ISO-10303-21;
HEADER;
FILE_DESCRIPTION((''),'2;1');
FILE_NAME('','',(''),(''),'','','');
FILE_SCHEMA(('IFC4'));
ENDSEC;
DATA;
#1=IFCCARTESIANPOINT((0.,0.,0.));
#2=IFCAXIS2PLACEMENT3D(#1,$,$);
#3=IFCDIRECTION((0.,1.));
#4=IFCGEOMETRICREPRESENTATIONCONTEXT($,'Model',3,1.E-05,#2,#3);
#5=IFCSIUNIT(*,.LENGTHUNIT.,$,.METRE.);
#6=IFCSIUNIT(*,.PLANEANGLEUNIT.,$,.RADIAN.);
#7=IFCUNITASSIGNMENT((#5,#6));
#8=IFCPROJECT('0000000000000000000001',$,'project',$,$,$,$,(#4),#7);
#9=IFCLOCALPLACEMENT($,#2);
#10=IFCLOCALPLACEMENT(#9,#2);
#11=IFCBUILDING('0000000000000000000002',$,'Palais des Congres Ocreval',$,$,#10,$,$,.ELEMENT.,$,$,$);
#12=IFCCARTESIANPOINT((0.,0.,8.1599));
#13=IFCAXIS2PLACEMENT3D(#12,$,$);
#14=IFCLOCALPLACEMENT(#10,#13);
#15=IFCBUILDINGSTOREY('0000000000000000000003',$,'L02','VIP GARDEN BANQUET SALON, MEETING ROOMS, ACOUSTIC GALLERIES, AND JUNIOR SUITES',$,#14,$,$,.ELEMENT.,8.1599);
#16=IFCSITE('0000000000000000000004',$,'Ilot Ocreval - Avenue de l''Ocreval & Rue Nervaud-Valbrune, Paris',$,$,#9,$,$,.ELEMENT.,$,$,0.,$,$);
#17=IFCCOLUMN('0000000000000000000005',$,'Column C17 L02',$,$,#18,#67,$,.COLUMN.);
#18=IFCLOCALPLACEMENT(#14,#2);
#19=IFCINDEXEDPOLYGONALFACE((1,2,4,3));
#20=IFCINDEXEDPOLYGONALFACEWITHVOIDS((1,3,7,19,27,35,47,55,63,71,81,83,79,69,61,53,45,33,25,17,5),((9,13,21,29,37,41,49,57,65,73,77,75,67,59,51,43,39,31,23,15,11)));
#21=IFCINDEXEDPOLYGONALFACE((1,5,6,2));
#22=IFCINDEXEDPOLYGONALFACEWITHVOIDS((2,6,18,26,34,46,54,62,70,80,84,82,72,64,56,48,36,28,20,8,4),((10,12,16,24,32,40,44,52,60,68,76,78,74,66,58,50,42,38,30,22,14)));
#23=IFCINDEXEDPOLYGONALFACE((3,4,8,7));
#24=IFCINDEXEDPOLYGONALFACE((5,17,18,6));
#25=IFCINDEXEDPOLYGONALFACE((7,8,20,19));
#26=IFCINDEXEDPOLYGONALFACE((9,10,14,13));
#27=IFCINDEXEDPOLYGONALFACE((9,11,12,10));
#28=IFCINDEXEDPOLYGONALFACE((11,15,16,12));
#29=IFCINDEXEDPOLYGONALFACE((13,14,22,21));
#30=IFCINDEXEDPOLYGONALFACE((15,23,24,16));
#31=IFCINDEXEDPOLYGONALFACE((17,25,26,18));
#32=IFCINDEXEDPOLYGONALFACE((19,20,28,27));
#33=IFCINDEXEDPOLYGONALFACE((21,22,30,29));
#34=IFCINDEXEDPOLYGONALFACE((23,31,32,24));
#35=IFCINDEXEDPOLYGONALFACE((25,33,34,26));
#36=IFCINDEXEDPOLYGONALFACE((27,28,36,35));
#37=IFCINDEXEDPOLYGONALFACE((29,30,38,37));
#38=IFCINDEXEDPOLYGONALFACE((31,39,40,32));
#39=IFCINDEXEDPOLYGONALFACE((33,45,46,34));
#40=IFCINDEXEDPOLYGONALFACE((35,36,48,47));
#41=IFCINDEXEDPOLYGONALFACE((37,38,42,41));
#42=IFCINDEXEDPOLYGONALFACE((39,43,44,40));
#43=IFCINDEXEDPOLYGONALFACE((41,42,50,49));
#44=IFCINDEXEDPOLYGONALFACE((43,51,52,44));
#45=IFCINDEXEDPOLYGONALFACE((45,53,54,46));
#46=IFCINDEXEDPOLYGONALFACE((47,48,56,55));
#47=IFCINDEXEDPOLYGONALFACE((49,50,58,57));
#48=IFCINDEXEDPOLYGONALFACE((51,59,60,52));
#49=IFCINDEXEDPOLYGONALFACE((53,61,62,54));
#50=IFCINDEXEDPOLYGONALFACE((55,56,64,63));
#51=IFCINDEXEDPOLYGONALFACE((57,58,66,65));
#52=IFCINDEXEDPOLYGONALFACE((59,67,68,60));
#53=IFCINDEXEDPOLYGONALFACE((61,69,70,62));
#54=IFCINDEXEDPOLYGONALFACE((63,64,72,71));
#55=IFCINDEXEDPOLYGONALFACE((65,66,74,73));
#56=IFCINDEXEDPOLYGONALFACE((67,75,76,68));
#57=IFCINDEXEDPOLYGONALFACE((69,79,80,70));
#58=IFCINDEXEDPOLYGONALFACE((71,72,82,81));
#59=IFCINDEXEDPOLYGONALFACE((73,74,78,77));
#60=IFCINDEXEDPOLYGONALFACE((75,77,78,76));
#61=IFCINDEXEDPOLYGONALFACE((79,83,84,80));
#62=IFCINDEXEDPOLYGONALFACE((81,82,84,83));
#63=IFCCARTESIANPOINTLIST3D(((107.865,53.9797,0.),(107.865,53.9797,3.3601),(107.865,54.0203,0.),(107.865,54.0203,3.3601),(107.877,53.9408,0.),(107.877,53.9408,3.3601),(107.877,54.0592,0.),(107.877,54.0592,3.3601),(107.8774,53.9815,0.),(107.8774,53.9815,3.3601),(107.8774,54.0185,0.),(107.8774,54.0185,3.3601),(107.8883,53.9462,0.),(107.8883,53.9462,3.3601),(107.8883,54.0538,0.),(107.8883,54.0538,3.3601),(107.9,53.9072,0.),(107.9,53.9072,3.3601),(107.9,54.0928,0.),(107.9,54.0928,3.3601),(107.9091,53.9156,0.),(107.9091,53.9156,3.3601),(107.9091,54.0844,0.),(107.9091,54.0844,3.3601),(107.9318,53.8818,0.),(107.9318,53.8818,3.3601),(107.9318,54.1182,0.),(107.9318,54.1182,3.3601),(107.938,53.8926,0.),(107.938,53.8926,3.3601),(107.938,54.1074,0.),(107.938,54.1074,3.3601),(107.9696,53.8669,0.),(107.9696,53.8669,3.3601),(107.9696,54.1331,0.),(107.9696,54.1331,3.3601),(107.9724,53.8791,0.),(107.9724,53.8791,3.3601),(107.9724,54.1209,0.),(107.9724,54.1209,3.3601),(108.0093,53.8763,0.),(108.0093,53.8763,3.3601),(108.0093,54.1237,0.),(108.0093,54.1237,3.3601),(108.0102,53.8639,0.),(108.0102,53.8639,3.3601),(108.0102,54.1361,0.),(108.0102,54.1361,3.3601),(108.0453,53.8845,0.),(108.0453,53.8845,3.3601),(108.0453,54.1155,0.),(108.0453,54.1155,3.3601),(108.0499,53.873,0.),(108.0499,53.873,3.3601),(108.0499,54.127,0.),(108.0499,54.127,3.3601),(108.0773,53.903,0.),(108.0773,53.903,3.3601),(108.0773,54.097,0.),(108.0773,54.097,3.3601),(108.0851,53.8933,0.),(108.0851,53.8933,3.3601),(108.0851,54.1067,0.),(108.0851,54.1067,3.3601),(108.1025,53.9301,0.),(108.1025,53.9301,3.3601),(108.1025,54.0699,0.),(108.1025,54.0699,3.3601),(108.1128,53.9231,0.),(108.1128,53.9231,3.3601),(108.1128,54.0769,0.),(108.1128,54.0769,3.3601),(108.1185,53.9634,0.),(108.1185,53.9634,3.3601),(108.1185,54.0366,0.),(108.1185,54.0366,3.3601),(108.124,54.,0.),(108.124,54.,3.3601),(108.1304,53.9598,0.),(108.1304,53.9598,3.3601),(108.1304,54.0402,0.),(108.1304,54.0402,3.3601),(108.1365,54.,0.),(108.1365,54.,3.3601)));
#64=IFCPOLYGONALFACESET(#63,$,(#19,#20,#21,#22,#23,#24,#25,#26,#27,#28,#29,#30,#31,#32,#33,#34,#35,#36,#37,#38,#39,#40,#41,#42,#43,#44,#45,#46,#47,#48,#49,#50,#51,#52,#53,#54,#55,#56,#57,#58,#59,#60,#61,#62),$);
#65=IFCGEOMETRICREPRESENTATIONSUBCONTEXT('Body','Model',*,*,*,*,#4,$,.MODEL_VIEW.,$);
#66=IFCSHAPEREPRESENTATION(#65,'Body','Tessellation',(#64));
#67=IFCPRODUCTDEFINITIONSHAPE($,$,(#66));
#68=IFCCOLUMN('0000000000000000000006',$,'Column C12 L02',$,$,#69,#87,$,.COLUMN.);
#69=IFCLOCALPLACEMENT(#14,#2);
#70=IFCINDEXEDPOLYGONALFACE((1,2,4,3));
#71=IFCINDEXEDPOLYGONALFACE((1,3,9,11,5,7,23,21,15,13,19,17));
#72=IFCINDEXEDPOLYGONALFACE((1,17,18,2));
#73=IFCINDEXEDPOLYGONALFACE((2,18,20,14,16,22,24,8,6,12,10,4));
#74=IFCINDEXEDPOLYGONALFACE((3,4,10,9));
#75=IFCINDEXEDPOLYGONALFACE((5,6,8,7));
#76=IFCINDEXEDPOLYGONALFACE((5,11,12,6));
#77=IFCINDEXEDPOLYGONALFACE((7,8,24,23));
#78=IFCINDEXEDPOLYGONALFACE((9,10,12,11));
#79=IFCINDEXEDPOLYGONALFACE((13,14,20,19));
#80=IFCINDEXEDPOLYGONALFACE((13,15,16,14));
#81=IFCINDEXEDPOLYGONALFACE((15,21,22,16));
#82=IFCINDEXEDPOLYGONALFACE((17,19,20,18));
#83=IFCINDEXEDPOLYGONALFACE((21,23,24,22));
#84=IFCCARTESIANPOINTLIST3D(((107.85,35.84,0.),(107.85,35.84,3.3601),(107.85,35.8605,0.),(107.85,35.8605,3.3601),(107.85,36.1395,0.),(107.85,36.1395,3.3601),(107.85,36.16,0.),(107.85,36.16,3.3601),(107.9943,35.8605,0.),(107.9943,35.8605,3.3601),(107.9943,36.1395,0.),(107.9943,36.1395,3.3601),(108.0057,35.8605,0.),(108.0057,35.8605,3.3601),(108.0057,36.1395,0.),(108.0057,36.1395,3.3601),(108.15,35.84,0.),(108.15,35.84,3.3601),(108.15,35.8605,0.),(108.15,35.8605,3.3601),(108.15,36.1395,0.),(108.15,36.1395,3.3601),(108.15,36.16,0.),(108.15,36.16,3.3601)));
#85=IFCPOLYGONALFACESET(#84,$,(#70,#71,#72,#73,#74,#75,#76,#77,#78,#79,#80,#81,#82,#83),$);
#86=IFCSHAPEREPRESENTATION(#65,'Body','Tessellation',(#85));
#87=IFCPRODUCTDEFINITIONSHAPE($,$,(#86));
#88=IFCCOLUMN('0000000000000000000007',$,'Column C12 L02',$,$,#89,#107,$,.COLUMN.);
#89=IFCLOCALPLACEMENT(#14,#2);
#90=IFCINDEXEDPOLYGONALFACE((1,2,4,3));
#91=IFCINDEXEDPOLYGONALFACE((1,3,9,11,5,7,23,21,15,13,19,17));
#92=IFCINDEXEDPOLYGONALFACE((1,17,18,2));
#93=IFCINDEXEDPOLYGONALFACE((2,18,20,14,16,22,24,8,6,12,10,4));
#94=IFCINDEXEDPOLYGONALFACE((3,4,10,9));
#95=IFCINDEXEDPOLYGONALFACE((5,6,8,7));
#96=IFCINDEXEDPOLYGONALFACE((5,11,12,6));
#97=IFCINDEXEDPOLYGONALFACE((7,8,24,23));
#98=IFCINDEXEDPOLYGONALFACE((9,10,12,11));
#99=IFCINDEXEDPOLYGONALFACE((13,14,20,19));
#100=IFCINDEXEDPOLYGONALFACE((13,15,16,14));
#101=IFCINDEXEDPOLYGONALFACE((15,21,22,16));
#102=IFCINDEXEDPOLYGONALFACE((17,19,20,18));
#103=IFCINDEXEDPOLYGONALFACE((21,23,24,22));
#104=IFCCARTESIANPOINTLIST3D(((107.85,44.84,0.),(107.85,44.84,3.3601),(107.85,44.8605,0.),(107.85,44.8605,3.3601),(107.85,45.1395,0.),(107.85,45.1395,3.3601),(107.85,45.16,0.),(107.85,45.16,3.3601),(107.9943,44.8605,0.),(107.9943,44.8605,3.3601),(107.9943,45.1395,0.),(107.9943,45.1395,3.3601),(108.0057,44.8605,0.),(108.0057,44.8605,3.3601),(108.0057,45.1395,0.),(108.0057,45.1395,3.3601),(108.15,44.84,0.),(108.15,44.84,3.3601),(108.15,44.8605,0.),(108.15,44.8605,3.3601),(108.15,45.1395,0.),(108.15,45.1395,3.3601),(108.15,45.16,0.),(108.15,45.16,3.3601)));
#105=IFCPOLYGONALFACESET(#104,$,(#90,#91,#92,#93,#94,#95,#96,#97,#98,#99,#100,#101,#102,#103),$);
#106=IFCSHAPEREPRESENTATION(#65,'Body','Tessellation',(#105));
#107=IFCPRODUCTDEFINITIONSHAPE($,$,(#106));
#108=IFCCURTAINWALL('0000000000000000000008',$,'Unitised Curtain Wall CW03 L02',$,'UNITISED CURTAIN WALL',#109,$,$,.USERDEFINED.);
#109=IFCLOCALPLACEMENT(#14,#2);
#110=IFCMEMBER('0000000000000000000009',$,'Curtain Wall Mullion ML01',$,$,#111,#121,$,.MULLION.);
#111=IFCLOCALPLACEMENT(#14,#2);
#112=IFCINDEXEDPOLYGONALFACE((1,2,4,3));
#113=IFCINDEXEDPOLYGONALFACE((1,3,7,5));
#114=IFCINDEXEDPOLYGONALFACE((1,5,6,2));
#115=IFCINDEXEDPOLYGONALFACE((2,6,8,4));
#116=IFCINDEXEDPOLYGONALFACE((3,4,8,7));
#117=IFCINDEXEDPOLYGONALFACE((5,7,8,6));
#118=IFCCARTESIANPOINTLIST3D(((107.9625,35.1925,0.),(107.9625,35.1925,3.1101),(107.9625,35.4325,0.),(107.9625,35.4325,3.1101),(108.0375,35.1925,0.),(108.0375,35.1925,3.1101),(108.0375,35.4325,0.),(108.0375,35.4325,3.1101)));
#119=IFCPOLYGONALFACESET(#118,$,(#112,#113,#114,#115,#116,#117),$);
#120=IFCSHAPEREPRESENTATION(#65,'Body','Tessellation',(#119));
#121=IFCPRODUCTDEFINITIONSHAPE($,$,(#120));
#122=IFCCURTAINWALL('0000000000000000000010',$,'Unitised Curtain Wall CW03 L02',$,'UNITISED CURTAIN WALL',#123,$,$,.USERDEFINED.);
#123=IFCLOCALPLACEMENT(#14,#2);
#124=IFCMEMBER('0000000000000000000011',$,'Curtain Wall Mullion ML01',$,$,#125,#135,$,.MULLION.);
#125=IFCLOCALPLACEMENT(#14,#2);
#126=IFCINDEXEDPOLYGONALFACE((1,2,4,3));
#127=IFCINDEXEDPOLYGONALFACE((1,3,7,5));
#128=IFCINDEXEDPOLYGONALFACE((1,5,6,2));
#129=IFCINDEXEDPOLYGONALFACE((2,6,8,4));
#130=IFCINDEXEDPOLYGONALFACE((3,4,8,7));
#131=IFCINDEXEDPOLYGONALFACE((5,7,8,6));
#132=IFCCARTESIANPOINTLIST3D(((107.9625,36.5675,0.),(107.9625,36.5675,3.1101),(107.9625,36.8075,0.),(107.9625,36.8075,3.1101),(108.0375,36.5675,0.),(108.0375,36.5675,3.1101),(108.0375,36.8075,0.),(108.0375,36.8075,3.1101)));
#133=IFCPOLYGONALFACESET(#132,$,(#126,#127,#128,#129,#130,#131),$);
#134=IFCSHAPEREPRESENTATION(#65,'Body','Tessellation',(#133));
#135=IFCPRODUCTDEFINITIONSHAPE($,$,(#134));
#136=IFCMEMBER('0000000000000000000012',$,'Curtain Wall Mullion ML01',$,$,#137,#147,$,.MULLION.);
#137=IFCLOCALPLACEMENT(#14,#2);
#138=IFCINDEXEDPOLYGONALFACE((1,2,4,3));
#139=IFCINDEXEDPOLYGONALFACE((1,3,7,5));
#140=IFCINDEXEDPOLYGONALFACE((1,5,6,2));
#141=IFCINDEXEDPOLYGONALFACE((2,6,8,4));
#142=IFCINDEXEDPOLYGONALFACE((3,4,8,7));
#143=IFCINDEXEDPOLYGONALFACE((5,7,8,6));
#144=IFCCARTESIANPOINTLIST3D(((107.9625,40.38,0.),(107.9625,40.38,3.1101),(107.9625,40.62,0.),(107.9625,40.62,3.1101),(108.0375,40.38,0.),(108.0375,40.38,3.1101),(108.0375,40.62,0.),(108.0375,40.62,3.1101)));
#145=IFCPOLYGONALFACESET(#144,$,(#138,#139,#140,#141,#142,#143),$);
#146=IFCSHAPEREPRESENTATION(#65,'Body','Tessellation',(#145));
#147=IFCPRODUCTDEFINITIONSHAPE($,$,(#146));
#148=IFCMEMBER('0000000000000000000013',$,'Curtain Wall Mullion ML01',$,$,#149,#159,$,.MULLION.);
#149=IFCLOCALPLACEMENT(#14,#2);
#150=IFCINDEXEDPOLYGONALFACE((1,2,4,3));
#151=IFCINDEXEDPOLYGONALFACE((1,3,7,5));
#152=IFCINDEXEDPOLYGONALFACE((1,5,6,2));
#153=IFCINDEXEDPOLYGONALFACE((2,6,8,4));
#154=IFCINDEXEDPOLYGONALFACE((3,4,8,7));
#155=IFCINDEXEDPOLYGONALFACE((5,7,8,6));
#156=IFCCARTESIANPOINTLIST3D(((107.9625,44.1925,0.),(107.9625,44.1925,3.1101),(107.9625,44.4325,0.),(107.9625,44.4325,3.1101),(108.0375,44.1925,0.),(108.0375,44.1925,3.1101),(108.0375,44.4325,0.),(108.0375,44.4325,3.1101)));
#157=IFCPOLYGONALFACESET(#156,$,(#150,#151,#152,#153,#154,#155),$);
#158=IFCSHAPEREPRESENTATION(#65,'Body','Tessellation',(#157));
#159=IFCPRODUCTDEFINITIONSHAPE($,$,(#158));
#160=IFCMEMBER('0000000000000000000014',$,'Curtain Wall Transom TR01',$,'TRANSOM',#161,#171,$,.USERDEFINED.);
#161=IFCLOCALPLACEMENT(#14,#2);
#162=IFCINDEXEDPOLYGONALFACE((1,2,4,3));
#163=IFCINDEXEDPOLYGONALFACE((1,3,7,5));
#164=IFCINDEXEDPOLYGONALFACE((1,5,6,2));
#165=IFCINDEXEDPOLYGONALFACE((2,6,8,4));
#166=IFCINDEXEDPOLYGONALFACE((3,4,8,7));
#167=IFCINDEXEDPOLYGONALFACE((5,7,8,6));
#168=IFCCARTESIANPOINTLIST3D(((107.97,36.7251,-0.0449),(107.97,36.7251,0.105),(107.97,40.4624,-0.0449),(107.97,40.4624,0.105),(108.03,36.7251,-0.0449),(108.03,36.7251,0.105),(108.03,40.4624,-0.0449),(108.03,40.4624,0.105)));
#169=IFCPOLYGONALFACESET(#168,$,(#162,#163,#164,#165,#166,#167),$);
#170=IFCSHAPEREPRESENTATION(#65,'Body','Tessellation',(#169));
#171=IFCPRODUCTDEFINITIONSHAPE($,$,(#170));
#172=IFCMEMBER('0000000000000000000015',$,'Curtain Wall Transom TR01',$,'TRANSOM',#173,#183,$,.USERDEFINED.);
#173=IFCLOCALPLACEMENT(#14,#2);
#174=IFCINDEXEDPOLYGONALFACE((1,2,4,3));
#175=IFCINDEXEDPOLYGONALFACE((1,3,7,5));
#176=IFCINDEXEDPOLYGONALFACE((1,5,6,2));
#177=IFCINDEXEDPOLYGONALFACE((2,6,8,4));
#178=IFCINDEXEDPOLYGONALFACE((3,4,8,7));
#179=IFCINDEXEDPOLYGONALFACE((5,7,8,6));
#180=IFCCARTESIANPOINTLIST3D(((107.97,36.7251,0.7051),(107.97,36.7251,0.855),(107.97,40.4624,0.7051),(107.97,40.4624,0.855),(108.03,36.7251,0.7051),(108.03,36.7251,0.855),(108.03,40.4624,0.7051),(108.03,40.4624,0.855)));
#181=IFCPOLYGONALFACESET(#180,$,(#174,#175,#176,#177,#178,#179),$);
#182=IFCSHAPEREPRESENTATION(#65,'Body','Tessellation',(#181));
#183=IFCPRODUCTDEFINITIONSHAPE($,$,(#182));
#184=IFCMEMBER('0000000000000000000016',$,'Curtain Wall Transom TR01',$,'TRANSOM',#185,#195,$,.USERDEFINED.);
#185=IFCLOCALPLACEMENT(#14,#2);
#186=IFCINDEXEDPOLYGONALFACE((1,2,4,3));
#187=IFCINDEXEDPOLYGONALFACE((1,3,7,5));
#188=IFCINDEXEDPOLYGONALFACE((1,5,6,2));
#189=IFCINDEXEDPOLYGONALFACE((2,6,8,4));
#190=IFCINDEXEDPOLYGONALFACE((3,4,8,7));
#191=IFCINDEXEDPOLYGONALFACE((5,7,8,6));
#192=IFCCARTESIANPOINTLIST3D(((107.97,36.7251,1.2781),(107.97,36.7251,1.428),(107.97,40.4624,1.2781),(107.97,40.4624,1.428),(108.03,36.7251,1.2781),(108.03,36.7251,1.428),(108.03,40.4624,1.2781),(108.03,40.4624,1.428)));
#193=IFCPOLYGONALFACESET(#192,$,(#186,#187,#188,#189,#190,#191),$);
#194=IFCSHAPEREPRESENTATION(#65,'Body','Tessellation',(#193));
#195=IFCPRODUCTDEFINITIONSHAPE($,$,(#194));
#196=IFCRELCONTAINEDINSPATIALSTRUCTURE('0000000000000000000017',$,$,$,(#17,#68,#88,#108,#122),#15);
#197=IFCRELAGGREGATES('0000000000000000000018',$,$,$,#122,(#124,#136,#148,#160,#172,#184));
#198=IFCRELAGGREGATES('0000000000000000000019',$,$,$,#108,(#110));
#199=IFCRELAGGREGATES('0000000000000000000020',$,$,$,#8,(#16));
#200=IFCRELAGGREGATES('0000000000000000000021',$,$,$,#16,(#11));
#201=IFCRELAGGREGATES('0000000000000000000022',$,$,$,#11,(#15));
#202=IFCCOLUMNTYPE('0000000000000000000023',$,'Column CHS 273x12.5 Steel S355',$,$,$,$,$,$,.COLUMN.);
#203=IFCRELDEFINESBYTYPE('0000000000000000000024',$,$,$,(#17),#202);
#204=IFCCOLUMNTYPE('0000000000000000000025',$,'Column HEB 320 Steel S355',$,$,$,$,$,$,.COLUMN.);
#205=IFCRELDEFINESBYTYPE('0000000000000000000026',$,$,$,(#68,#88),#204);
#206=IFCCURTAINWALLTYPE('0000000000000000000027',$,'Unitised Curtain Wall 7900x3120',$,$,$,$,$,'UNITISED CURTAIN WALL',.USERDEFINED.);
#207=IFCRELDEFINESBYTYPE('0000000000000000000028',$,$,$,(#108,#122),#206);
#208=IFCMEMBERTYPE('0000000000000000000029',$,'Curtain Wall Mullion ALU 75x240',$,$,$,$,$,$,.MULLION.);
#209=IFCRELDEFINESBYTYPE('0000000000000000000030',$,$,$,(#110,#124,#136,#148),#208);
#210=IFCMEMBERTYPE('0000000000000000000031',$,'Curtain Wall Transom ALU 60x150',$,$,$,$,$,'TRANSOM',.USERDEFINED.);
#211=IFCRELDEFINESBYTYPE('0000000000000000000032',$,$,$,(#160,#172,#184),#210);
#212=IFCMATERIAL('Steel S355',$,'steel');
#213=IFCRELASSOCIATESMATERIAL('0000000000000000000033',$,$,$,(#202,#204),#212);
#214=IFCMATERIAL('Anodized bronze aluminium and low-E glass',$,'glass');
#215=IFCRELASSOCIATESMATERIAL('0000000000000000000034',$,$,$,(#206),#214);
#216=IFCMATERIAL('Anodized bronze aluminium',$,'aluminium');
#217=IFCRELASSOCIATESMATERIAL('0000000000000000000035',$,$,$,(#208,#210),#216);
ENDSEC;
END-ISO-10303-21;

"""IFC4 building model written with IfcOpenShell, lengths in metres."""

from ifc_helpers import new_model, si_unit, direction, frame, origin, origin_2d, place, context, subcontext, project, spatial, rectangle, hollow_circle, i_section, extrude, material, material_profile, profile_set, type_object, element, aggregate, save


model = new_model("IFC4")

# Units and contexts
model_context = context("Model", 3, precision=1e-05, world=origin(), true_north=direction((0.0, 1.0)))
body_context = subcontext(model_context, "Body", "Model", "MODEL_VIEW")
ifc_project = project(units=[si_unit("LENGTHUNIT", "METRE"), si_unit("PLANEANGLEUNIT", "RADIAN")], contexts=[model_context])

# Site, building, storey
site_placement = place(None, origin())
site = spatial("IfcSite", under=ifc_project, at=site_placement, Name="Ilot Ocreval - Avenue de l'Ocreval & Rue Nervaud-Valbrune, Paris", CompositionType="ELEMENT", RefElevation=0.0)
building_placement = place(site_placement, origin())
building = spatial("IfcBuilding", under=site, at=building_placement, Name="Palais des Congres Ocreval", CompositionType="ELEMENT")
storey_placement = place(building_placement, frame((0.0, 0.0, 8.1599)))
storey = spatial("IfcBuildingStorey", under=building, at=storey_placement, Name="L02", Description="VIP GARDEN BANQUET SALON, MEETING ROOMS, ACOUSTIC GALLERIES, AND JUNIOR SUITES", CompositionType="ELEMENT", Elevation=8.1599)

# Columns
ifc_material_1 = material(Name="Steel S355", Category="steel")
ifc_material_profile_1 = material_profile(ifc_material_1, hollow_circle(Radius=0.1365, WallThickness=0.0125, at=origin_2d()), Name="CHS 273x12.5")
ifc_profile_set_1 = profile_set([ifc_material_profile_1], Name="Steel S355")
column_type_1 = type_object("IfcColumnType", Name="Column CHS 273x12.5 Steel S355", PredefinedType="COLUMN", material=ifc_profile_set_1)
column_placement = place(storey_placement, frame((108.0, 54.0, 0.0), z_axis=(0.0, 0.0, 1.0), x_axis=(1.0, 0.0, 0.0)))
element("IfcColumn", 1, at=column_placement, inside=storey, type_object=column_type_1, Name="Column C17 L02", PredefinedType="COLUMN", context=body_context, shape_type="SweptSolid", body=[
    extrude(hollow_circle(Radius=0.1365, WallThickness=0.0125, at=origin_2d()), origin(), (0.0, 0.0, 1.0), 3.3601),
])
ifc_material_profile_2 = material_profile(ifc_material_1, i_section(OverallWidth=0.3, OverallDepth=0.3201, WebThickness=0.0115, FlangeThickness=0.0205, at=origin_2d()), Name="HEB 320")
ifc_profile_set_2 = profile_set([ifc_material_profile_2], Name="Steel S355")
column_type_2 = type_object("IfcColumnType", Name="Column HEB 320 Steel S355", PredefinedType="COLUMN", material=ifc_profile_set_2)
for number, where, z_axis, x_axis, name in (
    (2, (108.0, 36.0, 0.0), (0.0, 0.0, 1.0), (1.0, 0.0, 0.0), "Column C12 L02"),
    (3, (108.0, 45.0, 0.0), (0.0, 0.0, 1.0), (1.0, 0.0, 0.0), "Column C12 L02"),
):
    element("IfcColumn", number, at=place(storey_placement, frame(where, z_axis=z_axis, x_axis=x_axis)), inside=storey, type_object=column_type_2, Name=name, PredefinedType="COLUMN", context=body_context, shape_type="SweptSolid", body=[
        extrude(i_section(OverallWidth=0.3, OverallDepth=0.3201, WebThickness=0.0115, FlangeThickness=0.0205, at=origin_2d()), origin(), (0.0, 0.0, 1.0), 3.3601),
    ])

# Curtain wall, member
ifc_material_2 = material(Name="Anodized bronze aluminium and low-E glass", Category="glass")
curtain_wall_type = type_object("IfcCurtainWallType", Name="Unitised Curtain Wall 7900x3120", ElementType="UNITISED CURTAIN WALL", PredefinedType="USERDEFINED", material=ifc_material_2)
curtain_wall_1_placement = place(storey_placement, origin())
curtain_wall_1 = element("IfcCurtainWall", 4, at=curtain_wall_1_placement, inside=storey, type_object=curtain_wall_type, Name="Unitised Curtain Wall CW03 L02", ObjectType="UNITISED CURTAIN WALL", PredefinedType="USERDEFINED")
ifc_material_3 = material(Name="Anodized bronze aluminium", Category="aluminium")
ifc_material_profile_3 = material_profile(ifc_material_3, rectangle(XDim=0.075, YDim=0.24, at=origin_2d()), Name="ALU 75x240")
ifc_profile_set_3 = profile_set([ifc_material_profile_3], Name="Anodized bronze aluminium")
member_type_1 = type_object("IfcMemberType", Name="Curtain Wall Mullion ALU 75x240", PredefinedType="MULLION", material=ifc_profile_set_3)
member_1_placement = place(storey_placement, frame((108.0, 35.3125, 0.0), z_axis=(0.0, 0.0, 1.0), x_axis=(-1.0, 0.0, 0.0)))
member_1 = element("IfcMember", 5, at=member_1_placement, type_object=member_type_1, Name="Curtain Wall Mullion ML01", PredefinedType="MULLION", context=body_context, shape_type="SweptSolid", body=[
    extrude(rectangle(XDim=0.075, YDim=0.24, at=origin_2d()), origin(), (0.0, 0.0, 1.0), 3.1101),
])

# Curtain wall, members
curtain_wall_2_placement = place(storey_placement, origin())
curtain_wall_2 = element("IfcCurtainWall", 6, at=curtain_wall_2_placement, inside=storey, type_object=curtain_wall_type, Name="Unitised Curtain Wall CW03 L02", ObjectType="UNITISED CURTAIN WALL", PredefinedType="USERDEFINED")
member_2_placement = place(storey_placement, frame((108.0, 36.6875, 0.0), z_axis=(0.0, 0.0, 1.0), x_axis=(-1.0, 0.0, 0.0)))
member_2 = element("IfcMember", 7, at=member_2_placement, type_object=member_type_1, Name="Curtain Wall Mullion ML01", PredefinedType="MULLION", context=body_context, shape_type="SweptSolid", body=[
    extrude(rectangle(XDim=0.075, YDim=0.24, at=origin_2d()), origin(), (0.0, 0.0, 1.0), 3.1101),
])
member_3_placement = place(storey_placement, frame((108.0, 40.5, 0.0), z_axis=(0.0, 0.0, 1.0), x_axis=(-1.0, 0.0, 0.0)))
member_3 = element("IfcMember", 8, at=member_3_placement, type_object=member_type_1, Name="Curtain Wall Mullion ML01", PredefinedType="MULLION", context=body_context, shape_type="SweptSolid", body=[
    extrude(rectangle(XDim=0.075, YDim=0.24, at=origin_2d()), origin(), (0.0, 0.0, 1.0), 3.1101),
])
member_4_placement = place(storey_placement, frame((108.0, 44.3125, 0.0), z_axis=(0.0, 0.0, 1.0), x_axis=(-1.0, 0.0, 0.0)))
member_4 = element("IfcMember", 9, at=member_4_placement, type_object=member_type_1, Name="Curtain Wall Mullion ML01", PredefinedType="MULLION", context=body_context, shape_type="SweptSolid", body=[
    extrude(rectangle(XDim=0.075, YDim=0.24, at=origin_2d()), origin(), (0.0, 0.0, 1.0), 3.1101),
])
ifc_material_profile_4 = material_profile(ifc_material_3, rectangle(XDim=0.0601, YDim=0.1499, at=origin_2d()), Name="ALU 60x150")
ifc_profile_set_4 = profile_set([ifc_material_profile_4], Name="Anodized bronze aluminium")
member_type_2 = type_object("IfcMemberType", Name="Curtain Wall Transom ALU 60x150", ElementType="TRANSOM", PredefinedType="USERDEFINED", material=ifc_profile_set_4)
member_5_placement = place(storey_placement, frame((108.0, 36.7251, 0.03), z_axis=(0.0, 1.0, 0.0), x_axis=(-1.0, 0.0, 0.0)))
member_5 = element("IfcMember", 10, at=member_5_placement, type_object=member_type_2, Name="Curtain Wall Transom TR01", ObjectType="TRANSOM", PredefinedType="USERDEFINED", context=body_context, shape_type="SweptSolid", body=[
    extrude(rectangle(XDim=0.0601, YDim=0.1499, at=origin_2d()), origin(), (0.0, 0.0, 1.0), 3.7373),
])
member_6_placement = place(storey_placement, frame((108.0, 36.7251, 0.78), z_axis=(0.0, 1.0, 0.0), x_axis=(-1.0, 0.0, 0.0)))
member_6 = element("IfcMember", 11, at=member_6_placement, type_object=member_type_2, Name="Curtain Wall Transom TR01", ObjectType="TRANSOM", PredefinedType="USERDEFINED", context=body_context, shape_type="SweptSolid", body=[
    extrude(rectangle(XDim=0.0601, YDim=0.1499, at=origin_2d()), origin(), (0.0, 0.0, 1.0), 3.7373),
])
member_7_placement = place(storey_placement, frame((108.0, 36.7251, 1.353), z_axis=(0.0, 1.0, 0.0), x_axis=(-1.0, 0.0, 0.0)))
member_7 = element("IfcMember", 12, at=member_7_placement, type_object=member_type_2, Name="Curtain Wall Transom TR01", ObjectType="TRANSOM", PredefinedType="USERDEFINED", context=body_context, shape_type="SweptSolid", body=[
    extrude(rectangle(XDim=0.0601, YDim=0.1499, at=origin_2d()), origin(), (0.0, 0.0, 1.0), 3.7373),
])

aggregate(curtain_wall_2, [member_2, member_3, member_4, member_5, member_6, member_7])
aggregate(curtain_wall_1, [member_1])

save(model, "model.ifc")
